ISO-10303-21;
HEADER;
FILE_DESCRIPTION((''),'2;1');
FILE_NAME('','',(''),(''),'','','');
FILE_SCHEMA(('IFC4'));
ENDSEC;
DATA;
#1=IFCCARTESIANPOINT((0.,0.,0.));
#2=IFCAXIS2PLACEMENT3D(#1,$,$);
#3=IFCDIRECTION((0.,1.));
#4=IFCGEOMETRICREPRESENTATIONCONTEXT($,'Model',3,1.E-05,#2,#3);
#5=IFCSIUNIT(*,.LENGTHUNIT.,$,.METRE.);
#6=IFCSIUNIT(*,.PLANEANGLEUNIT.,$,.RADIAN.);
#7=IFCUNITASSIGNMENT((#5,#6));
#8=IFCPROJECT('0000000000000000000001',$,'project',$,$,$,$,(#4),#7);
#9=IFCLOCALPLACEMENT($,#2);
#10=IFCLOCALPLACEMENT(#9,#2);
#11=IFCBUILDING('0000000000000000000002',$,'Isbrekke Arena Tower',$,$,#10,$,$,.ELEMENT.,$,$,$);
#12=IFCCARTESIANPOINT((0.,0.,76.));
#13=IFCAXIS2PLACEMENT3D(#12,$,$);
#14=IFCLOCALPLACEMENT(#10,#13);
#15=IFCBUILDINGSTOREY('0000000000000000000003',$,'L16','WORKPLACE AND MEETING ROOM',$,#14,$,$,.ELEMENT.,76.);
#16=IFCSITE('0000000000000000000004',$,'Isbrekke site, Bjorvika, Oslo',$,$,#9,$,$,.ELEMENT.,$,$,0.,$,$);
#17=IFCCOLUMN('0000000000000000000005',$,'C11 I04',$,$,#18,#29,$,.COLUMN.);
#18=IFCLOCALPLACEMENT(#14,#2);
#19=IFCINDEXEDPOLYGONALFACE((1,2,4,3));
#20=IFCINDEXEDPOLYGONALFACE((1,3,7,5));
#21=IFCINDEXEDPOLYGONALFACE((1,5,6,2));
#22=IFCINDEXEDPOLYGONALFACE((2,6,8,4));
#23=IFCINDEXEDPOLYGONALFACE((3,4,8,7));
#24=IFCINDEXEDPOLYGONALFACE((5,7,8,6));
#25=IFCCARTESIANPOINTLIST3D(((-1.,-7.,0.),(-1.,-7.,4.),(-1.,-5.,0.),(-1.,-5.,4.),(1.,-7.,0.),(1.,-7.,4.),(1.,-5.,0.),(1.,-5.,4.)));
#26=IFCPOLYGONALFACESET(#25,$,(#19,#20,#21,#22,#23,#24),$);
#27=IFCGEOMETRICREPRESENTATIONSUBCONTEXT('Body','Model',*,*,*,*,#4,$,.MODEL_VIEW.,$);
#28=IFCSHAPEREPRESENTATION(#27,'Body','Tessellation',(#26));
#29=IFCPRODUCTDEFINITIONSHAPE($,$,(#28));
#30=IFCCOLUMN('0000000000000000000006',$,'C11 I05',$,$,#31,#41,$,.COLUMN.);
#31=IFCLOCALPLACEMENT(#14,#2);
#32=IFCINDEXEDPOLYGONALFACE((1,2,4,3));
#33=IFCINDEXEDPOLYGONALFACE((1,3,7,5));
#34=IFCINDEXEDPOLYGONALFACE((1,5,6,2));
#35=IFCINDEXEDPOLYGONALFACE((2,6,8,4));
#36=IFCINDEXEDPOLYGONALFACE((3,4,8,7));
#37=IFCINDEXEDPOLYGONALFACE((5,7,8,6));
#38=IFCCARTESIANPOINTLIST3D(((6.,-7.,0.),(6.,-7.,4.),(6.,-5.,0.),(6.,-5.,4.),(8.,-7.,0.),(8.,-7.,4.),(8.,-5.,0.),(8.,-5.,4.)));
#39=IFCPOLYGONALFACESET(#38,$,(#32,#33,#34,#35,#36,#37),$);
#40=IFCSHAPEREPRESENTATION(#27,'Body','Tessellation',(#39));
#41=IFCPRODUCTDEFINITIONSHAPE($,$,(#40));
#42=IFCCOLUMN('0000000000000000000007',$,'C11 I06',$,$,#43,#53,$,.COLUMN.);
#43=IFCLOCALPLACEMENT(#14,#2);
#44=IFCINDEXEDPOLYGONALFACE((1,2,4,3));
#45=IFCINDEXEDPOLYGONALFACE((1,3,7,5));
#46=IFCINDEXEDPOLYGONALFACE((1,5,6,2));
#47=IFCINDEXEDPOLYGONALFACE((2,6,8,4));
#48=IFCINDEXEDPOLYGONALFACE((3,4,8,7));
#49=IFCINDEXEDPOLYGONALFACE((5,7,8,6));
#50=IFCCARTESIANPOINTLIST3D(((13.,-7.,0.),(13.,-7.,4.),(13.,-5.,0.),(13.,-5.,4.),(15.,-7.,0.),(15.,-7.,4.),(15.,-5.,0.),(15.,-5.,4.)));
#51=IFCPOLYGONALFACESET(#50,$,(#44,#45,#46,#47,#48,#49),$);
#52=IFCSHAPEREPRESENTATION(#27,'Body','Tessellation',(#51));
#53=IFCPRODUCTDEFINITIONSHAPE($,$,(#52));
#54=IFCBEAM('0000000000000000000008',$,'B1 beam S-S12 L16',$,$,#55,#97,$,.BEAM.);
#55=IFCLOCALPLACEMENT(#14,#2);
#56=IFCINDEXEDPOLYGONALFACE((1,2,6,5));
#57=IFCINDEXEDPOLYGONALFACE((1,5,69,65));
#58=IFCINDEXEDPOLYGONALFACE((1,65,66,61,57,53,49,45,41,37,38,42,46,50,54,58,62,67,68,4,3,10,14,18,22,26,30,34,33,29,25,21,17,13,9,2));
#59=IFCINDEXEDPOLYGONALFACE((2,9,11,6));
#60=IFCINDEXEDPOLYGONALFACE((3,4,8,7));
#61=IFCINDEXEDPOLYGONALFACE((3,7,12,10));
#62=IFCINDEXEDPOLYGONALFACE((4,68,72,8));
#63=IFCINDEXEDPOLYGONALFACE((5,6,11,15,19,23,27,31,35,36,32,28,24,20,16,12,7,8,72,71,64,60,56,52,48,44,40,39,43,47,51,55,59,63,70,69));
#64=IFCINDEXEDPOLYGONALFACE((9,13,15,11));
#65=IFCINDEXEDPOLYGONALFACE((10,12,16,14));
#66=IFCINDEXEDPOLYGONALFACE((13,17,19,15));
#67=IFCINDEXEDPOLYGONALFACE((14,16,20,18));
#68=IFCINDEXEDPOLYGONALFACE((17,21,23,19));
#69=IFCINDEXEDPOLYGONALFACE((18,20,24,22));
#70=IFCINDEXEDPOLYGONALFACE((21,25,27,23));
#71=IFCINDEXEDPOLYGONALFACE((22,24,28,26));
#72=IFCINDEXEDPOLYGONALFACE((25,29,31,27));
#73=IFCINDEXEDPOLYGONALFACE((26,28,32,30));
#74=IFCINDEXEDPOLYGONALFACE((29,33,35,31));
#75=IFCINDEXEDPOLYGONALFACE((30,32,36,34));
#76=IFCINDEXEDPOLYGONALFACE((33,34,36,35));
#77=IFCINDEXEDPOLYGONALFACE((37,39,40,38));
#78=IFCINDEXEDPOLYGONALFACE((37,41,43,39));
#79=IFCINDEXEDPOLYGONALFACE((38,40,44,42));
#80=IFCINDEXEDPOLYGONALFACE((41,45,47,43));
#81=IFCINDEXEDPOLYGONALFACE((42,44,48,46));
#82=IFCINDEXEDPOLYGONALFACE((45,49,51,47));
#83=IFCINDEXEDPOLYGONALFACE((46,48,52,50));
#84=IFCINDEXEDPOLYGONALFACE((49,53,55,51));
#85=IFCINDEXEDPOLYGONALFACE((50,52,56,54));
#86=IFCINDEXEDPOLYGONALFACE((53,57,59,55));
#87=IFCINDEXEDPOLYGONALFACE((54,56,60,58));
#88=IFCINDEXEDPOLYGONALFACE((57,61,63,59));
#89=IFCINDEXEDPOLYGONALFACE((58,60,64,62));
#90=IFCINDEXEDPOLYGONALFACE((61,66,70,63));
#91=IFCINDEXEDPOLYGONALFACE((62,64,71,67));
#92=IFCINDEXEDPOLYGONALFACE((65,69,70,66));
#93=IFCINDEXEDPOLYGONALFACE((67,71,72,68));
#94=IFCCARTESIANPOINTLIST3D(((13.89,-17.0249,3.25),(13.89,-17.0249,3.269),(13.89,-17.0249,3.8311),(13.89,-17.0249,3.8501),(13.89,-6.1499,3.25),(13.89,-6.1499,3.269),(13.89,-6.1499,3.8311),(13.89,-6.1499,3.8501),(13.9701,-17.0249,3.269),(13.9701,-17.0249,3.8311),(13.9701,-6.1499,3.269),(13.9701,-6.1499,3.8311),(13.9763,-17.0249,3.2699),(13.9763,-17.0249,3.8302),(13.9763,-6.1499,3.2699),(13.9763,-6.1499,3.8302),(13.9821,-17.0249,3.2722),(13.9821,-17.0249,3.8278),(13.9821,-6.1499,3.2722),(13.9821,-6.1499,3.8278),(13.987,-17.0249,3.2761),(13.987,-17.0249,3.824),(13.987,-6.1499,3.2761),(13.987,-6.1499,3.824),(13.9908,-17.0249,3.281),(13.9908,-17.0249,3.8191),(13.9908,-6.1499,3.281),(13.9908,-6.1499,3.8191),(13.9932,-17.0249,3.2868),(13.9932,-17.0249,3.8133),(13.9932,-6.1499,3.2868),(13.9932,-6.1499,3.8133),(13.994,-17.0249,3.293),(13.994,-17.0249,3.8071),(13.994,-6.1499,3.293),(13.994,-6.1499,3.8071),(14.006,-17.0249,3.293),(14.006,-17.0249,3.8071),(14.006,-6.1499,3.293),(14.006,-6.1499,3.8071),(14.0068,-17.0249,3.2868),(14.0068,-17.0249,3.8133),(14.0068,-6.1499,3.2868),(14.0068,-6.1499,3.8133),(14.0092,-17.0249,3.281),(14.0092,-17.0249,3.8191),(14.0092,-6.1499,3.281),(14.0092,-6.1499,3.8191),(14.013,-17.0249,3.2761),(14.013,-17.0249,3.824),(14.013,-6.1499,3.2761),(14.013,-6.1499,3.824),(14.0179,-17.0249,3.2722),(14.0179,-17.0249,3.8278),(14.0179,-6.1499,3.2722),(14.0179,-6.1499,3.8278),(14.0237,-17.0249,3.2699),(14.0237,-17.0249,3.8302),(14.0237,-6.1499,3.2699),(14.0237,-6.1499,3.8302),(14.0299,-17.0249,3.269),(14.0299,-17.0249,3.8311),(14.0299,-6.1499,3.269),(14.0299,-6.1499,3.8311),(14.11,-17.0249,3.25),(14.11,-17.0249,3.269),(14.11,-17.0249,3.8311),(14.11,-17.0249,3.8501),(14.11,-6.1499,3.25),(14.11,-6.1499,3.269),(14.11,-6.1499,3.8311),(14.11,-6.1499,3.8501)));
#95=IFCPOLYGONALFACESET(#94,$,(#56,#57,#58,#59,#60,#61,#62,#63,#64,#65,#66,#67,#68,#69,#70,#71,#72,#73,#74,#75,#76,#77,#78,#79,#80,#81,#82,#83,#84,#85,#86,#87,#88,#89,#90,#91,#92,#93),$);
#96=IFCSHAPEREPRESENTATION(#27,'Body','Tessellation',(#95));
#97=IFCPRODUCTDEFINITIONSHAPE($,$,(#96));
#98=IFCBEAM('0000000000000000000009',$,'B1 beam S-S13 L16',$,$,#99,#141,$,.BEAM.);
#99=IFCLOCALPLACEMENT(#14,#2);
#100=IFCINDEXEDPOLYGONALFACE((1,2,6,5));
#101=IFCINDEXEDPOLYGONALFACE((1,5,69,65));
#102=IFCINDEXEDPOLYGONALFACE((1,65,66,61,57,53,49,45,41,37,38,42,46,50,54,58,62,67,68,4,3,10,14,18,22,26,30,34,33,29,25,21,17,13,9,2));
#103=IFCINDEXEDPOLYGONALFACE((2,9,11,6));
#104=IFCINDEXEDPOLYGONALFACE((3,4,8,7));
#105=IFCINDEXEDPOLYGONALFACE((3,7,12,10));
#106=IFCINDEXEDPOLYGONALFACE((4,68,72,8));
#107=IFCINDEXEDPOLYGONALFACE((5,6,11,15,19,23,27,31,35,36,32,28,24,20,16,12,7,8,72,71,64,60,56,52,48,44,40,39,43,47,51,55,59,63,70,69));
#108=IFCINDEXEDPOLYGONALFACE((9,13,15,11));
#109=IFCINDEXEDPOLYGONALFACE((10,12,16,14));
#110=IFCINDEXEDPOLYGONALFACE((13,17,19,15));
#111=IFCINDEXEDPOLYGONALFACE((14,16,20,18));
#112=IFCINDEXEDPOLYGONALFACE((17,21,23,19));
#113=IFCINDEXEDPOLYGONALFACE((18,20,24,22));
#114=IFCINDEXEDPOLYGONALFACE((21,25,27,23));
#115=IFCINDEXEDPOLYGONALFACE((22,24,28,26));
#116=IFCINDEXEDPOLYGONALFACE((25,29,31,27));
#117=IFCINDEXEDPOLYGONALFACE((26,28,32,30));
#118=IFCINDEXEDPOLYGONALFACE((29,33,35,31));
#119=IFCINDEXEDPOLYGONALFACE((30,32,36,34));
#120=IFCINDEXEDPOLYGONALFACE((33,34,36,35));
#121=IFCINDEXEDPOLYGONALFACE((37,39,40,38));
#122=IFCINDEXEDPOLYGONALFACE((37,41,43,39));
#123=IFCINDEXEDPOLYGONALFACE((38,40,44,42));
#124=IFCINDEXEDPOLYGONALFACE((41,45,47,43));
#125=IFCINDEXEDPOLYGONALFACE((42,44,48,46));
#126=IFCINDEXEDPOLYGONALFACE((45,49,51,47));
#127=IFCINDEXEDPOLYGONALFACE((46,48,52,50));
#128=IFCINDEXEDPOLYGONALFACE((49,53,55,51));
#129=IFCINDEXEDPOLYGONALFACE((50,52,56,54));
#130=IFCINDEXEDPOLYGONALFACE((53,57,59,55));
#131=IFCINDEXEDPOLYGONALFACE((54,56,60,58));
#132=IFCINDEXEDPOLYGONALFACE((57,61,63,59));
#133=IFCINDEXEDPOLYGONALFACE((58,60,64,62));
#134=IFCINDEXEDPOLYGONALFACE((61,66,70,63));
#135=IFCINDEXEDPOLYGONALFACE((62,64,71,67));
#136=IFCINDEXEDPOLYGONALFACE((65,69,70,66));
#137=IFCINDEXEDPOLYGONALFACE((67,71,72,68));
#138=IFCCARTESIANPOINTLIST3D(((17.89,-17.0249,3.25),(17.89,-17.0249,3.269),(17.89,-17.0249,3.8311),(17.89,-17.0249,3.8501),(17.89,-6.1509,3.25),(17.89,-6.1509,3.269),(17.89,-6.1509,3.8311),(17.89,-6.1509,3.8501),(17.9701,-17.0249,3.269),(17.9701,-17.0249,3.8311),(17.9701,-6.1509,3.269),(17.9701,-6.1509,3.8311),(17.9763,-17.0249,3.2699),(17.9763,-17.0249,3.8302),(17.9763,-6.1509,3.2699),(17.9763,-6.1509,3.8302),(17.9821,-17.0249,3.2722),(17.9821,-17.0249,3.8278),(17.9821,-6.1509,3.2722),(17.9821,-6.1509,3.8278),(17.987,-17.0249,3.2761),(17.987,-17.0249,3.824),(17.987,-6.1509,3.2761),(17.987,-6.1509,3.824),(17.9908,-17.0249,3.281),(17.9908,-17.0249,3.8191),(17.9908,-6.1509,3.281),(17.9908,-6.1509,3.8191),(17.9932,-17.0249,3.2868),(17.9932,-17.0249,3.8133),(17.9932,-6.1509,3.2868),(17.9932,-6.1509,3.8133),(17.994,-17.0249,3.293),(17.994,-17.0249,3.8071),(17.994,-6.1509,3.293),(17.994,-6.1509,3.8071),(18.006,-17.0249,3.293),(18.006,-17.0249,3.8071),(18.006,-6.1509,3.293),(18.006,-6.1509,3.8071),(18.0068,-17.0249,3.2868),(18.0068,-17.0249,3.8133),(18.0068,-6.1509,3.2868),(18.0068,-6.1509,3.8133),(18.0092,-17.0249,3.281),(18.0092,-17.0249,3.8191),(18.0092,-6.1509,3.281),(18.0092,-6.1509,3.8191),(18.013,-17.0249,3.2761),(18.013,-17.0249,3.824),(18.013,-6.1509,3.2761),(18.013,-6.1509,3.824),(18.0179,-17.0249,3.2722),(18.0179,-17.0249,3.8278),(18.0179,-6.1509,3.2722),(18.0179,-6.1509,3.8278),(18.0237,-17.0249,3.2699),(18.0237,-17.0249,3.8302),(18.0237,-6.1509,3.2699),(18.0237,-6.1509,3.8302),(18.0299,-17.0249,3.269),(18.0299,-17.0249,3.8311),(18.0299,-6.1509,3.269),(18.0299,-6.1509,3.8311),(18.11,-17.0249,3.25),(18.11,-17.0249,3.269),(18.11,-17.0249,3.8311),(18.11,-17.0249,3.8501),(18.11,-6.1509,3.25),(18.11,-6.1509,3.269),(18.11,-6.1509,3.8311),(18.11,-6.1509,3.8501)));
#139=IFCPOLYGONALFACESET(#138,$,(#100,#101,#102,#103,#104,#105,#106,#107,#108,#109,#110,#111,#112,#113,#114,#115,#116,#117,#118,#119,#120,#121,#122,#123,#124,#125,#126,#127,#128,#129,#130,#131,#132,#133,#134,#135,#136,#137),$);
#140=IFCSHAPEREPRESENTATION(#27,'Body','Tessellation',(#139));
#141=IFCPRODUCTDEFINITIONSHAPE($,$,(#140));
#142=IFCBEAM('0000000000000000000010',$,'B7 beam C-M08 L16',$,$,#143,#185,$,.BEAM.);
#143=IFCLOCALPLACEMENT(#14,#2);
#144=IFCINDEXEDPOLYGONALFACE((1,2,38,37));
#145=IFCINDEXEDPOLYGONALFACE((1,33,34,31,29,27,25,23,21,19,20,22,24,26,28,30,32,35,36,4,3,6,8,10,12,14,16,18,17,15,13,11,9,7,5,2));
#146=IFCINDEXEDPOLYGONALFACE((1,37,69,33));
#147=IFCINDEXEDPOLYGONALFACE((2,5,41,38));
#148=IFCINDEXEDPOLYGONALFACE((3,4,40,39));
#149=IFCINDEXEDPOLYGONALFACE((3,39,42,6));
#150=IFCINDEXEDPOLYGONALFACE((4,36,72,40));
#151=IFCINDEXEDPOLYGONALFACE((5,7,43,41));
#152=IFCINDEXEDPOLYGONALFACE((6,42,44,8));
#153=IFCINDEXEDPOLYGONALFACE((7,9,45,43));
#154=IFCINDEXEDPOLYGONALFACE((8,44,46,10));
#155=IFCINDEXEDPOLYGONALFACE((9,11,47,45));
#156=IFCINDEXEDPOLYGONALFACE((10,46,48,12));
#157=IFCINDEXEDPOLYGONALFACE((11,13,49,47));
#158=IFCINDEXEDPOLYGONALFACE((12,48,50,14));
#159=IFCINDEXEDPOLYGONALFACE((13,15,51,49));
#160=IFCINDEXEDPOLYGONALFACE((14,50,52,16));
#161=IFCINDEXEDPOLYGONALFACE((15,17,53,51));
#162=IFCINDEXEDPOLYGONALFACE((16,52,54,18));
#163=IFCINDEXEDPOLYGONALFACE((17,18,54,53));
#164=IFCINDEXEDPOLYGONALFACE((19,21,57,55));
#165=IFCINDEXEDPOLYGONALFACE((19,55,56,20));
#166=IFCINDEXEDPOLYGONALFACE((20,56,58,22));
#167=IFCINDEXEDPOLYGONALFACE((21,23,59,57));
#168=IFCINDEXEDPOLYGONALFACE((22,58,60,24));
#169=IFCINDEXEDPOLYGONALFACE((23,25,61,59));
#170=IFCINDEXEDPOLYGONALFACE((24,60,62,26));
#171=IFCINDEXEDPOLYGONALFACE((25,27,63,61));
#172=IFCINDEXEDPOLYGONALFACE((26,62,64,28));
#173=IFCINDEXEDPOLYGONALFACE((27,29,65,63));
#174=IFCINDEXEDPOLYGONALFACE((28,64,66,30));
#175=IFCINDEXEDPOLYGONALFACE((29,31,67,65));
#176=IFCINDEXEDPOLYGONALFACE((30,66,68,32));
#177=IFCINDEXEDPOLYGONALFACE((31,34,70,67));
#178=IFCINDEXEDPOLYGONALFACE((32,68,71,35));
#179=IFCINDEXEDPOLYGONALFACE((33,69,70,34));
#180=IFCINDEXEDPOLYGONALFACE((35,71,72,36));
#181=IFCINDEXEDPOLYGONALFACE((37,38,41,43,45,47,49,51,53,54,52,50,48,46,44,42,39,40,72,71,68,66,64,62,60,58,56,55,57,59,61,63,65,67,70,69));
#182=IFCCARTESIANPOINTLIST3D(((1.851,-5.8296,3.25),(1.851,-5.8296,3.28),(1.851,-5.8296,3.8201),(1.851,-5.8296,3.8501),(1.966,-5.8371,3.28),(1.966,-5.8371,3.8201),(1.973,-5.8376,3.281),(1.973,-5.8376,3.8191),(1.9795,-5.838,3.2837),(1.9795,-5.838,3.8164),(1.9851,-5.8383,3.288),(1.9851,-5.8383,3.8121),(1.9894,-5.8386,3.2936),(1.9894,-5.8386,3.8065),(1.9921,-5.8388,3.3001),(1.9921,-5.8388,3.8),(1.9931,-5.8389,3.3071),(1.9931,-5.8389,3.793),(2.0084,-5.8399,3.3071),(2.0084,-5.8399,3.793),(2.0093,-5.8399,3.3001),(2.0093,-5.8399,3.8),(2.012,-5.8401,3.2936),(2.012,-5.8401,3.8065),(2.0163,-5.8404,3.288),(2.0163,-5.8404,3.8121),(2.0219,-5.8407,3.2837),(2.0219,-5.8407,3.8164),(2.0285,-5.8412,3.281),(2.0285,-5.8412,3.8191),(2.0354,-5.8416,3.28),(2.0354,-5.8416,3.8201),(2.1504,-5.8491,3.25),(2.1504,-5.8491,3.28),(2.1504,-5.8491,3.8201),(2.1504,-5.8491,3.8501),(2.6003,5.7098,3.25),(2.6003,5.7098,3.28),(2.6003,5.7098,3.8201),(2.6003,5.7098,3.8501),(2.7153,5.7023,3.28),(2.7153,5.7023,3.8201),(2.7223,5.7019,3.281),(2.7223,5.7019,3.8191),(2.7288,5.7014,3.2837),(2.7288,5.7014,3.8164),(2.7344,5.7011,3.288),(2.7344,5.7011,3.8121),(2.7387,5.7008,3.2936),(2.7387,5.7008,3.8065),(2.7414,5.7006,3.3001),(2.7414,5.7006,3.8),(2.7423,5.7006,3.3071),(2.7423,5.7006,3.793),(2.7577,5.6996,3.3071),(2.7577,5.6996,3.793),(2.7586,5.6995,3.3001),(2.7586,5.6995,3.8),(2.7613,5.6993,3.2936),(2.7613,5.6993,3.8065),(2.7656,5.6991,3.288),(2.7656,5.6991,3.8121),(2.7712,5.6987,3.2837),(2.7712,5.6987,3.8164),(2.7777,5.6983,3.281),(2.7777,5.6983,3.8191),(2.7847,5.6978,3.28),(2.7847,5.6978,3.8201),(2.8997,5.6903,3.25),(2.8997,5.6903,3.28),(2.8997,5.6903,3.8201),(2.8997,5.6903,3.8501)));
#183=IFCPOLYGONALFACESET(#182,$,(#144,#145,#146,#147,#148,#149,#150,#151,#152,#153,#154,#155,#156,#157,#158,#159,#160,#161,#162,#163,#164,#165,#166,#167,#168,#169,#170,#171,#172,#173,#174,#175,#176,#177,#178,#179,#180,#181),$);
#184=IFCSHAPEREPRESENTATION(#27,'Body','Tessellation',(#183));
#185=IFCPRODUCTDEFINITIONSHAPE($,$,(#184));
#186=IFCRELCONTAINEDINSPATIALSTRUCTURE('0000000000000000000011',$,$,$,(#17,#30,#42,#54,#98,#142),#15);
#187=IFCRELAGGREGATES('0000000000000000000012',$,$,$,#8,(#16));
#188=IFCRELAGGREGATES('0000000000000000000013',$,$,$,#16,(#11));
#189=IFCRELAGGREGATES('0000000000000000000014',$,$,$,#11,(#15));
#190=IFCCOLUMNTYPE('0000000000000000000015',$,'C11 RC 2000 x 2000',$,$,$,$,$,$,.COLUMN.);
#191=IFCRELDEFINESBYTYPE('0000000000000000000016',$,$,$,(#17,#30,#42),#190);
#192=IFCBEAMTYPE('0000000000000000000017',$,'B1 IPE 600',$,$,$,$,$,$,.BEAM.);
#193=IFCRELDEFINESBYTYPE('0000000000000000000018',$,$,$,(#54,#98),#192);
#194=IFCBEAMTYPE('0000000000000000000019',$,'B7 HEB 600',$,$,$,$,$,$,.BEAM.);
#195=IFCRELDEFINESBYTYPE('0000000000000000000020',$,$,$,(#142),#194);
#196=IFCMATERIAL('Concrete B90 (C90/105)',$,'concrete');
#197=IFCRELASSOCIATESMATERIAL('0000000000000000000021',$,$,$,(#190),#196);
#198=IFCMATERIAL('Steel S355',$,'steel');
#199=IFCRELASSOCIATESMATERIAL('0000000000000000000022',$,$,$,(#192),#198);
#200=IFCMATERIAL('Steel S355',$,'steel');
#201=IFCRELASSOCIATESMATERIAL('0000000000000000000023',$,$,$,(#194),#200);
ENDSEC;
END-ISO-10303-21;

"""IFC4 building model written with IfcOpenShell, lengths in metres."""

from ifc_helpers import new_model, si_unit, direction, frame, origin, origin_2d, place, context, subcontext, project, spatial, rectangle, i_section, extrude, material, material_profile, profile_set, type_object, element, save


model = new_model("IFC4")

# Units and contexts
model_context = context("Model", 3, precision=1e-05, world=origin(), true_north=direction((0.0, 1.0)))
body_context = subcontext(model_context, "Body", "Model", "MODEL_VIEW")
ifc_project = project(units=[si_unit("LENGTHUNIT", "METRE"), si_unit("PLANEANGLEUNIT", "RADIAN")], contexts=[model_context])

# Site, building, storey
site_placement = place(None, origin())
site = spatial("IfcSite", under=ifc_project, at=site_placement, Name="Isbrekke site, Bjorvika, Oslo", CompositionType="ELEMENT", RefElevation=0.0)
building_placement = place(site_placement, origin())
building = spatial("IfcBuilding", under=site, at=building_placement, Name="Isbrekke Arena Tower", CompositionType="ELEMENT")
storey_placement = place(building_placement, frame((0.0, 0.0, 76.0)))
storey = spatial("IfcBuildingStorey", under=building, at=storey_placement, Name="L16", Description="WORKPLACE AND MEETING ROOM", CompositionType="ELEMENT", Elevation=76.0)

# Columns
ifc_material_1 = material(Name="Concrete B90 (C90/105)", Category="concrete")
ifc_material_profile_1 = material_profile(ifc_material_1, rectangle(XDim=2.0, YDim=2.0, at=origin_2d()), Name="RC 2000x2000")
ifc_profile_set_1 = profile_set([ifc_material_profile_1], Name="Concrete B90 (C90/105)")
column_type = type_object("IfcColumnType", Name="C11 RC 2000 x 2000", PredefinedType="COLUMN", material=ifc_profile_set_1)
for number, where, z_axis, x_axis, name in (
    (1, (0.0, -6.0, 0.0), (0.0, 0.0, 1.0), (1.0, 0.0, 0.0), "C11 I04"),
    (2, (7.0, -6.0, 0.0), (0.0, 0.0, 1.0), (1.0, 0.0, 0.0), "C11 I05"),
    (3, (14.0, -6.0, 0.0), (0.0, 0.0, 1.0), (1.0, 0.0, 0.0), "C11 I06"),
):
    element("IfcColumn", number, at=place(storey_placement, frame(where, z_axis=z_axis, x_axis=x_axis)), inside=storey, type_object=column_type, Name=name, PredefinedType="COLUMN", context=body_context, shape_type="SweptSolid", body=[
        extrude(rectangle(XDim=2.0, YDim=2.0, at=origin_2d()), origin(), (0.0, 0.0, 1.0), 4.0),
    ])

# Beams
ifc_material_2 = material(Name="Steel S355", Category="steel")
ifc_material_profile_2 = material_profile(ifc_material_2, i_section(OverallWidth=0.22, OverallDepth=0.6001, WebThickness=0.012, FlangeThickness=0.019, FilletRadius=0.0239, at=origin_2d()), Name="IPE 600")
ifc_profile_set_2 = profile_set([ifc_material_profile_2], Name="Steel S355")
beam_type_1 = type_object("IfcBeamType", Name="B1 IPE 600", PredefinedType="BEAM", material=ifc_profile_set_2)
beam_1_placement = place(storey_placement, frame((14.0, -17.0249, 3.55), z_axis=(0.0, 1.0, 0.0), x_axis=(-1.0, 0.0, 0.0)))
element("IfcBeam", 4, at=beam_1_placement, inside=storey, type_object=beam_type_1, Name="B1 beam S-S12 L16", PredefinedType="BEAM", context=body_context, shape_type="SweptSolid", body=[
    extrude(i_section(OverallWidth=0.22, OverallDepth=0.6001, WebThickness=0.012, FlangeThickness=0.019, FilletRadius=0.0239, at=origin_2d()), origin(), (0.0, 0.0, 1.0), 10.875),
])
beam_2_placement = place(storey_placement, frame((18.0, -17.0249, 3.55), z_axis=(0.0, 1.0, 0.0), x_axis=(-1.0, 0.0, 0.0)))
element("IfcBeam", 5, at=beam_2_placement, inside=storey, type_object=beam_type_1, Name="B1 beam S-S13 L16", PredefinedType="BEAM", context=body_context, shape_type="SweptSolid", body=[
    extrude(i_section(OverallWidth=0.22, OverallDepth=0.6001, WebThickness=0.012, FlangeThickness=0.019, FilletRadius=0.0239, at=origin_2d()), origin(), (0.0, 0.0, 1.0), 10.874),
])
ifc_material_3 = material(Name="Steel S355", Category="steel")
ifc_material_profile_3 = material_profile(ifc_material_3, i_section(OverallWidth=0.3, OverallDepth=0.6001, WebThickness=0.0154, FlangeThickness=0.03, FilletRadius=0.0271, at=origin_2d()), Name="HEB 600")
ifc_profile_set_3 = profile_set([ifc_material_profile_3], Name="Steel S355")
beam_type_2 = type_object("IfcBeamType", Name="B7 HEB 600", PredefinedType="BEAM", material=ifc_profile_set_3)
beam_3_placement = place(storey_placement, frame((2.0007, -5.8394, 3.55), z_axis=(0.064795, 0.997899, 0.0), x_axis=(-0.997899, 0.064795, 0.0)))
element("IfcBeam", 6, at=beam_3_placement, inside=storey, type_object=beam_type_2, Name="B7 beam C-M08 L16", PredefinedType="BEAM", context=body_context, shape_type="SweptSolid", body=[
    extrude(i_section(OverallWidth=0.3, OverallDepth=0.6001, WebThickness=0.0154, FlangeThickness=0.03, FilletRadius=0.0271, at=origin_2d()), origin(), (0.0, 0.0, 1.0), 11.5637),
])

save(model, "model.ifc")
